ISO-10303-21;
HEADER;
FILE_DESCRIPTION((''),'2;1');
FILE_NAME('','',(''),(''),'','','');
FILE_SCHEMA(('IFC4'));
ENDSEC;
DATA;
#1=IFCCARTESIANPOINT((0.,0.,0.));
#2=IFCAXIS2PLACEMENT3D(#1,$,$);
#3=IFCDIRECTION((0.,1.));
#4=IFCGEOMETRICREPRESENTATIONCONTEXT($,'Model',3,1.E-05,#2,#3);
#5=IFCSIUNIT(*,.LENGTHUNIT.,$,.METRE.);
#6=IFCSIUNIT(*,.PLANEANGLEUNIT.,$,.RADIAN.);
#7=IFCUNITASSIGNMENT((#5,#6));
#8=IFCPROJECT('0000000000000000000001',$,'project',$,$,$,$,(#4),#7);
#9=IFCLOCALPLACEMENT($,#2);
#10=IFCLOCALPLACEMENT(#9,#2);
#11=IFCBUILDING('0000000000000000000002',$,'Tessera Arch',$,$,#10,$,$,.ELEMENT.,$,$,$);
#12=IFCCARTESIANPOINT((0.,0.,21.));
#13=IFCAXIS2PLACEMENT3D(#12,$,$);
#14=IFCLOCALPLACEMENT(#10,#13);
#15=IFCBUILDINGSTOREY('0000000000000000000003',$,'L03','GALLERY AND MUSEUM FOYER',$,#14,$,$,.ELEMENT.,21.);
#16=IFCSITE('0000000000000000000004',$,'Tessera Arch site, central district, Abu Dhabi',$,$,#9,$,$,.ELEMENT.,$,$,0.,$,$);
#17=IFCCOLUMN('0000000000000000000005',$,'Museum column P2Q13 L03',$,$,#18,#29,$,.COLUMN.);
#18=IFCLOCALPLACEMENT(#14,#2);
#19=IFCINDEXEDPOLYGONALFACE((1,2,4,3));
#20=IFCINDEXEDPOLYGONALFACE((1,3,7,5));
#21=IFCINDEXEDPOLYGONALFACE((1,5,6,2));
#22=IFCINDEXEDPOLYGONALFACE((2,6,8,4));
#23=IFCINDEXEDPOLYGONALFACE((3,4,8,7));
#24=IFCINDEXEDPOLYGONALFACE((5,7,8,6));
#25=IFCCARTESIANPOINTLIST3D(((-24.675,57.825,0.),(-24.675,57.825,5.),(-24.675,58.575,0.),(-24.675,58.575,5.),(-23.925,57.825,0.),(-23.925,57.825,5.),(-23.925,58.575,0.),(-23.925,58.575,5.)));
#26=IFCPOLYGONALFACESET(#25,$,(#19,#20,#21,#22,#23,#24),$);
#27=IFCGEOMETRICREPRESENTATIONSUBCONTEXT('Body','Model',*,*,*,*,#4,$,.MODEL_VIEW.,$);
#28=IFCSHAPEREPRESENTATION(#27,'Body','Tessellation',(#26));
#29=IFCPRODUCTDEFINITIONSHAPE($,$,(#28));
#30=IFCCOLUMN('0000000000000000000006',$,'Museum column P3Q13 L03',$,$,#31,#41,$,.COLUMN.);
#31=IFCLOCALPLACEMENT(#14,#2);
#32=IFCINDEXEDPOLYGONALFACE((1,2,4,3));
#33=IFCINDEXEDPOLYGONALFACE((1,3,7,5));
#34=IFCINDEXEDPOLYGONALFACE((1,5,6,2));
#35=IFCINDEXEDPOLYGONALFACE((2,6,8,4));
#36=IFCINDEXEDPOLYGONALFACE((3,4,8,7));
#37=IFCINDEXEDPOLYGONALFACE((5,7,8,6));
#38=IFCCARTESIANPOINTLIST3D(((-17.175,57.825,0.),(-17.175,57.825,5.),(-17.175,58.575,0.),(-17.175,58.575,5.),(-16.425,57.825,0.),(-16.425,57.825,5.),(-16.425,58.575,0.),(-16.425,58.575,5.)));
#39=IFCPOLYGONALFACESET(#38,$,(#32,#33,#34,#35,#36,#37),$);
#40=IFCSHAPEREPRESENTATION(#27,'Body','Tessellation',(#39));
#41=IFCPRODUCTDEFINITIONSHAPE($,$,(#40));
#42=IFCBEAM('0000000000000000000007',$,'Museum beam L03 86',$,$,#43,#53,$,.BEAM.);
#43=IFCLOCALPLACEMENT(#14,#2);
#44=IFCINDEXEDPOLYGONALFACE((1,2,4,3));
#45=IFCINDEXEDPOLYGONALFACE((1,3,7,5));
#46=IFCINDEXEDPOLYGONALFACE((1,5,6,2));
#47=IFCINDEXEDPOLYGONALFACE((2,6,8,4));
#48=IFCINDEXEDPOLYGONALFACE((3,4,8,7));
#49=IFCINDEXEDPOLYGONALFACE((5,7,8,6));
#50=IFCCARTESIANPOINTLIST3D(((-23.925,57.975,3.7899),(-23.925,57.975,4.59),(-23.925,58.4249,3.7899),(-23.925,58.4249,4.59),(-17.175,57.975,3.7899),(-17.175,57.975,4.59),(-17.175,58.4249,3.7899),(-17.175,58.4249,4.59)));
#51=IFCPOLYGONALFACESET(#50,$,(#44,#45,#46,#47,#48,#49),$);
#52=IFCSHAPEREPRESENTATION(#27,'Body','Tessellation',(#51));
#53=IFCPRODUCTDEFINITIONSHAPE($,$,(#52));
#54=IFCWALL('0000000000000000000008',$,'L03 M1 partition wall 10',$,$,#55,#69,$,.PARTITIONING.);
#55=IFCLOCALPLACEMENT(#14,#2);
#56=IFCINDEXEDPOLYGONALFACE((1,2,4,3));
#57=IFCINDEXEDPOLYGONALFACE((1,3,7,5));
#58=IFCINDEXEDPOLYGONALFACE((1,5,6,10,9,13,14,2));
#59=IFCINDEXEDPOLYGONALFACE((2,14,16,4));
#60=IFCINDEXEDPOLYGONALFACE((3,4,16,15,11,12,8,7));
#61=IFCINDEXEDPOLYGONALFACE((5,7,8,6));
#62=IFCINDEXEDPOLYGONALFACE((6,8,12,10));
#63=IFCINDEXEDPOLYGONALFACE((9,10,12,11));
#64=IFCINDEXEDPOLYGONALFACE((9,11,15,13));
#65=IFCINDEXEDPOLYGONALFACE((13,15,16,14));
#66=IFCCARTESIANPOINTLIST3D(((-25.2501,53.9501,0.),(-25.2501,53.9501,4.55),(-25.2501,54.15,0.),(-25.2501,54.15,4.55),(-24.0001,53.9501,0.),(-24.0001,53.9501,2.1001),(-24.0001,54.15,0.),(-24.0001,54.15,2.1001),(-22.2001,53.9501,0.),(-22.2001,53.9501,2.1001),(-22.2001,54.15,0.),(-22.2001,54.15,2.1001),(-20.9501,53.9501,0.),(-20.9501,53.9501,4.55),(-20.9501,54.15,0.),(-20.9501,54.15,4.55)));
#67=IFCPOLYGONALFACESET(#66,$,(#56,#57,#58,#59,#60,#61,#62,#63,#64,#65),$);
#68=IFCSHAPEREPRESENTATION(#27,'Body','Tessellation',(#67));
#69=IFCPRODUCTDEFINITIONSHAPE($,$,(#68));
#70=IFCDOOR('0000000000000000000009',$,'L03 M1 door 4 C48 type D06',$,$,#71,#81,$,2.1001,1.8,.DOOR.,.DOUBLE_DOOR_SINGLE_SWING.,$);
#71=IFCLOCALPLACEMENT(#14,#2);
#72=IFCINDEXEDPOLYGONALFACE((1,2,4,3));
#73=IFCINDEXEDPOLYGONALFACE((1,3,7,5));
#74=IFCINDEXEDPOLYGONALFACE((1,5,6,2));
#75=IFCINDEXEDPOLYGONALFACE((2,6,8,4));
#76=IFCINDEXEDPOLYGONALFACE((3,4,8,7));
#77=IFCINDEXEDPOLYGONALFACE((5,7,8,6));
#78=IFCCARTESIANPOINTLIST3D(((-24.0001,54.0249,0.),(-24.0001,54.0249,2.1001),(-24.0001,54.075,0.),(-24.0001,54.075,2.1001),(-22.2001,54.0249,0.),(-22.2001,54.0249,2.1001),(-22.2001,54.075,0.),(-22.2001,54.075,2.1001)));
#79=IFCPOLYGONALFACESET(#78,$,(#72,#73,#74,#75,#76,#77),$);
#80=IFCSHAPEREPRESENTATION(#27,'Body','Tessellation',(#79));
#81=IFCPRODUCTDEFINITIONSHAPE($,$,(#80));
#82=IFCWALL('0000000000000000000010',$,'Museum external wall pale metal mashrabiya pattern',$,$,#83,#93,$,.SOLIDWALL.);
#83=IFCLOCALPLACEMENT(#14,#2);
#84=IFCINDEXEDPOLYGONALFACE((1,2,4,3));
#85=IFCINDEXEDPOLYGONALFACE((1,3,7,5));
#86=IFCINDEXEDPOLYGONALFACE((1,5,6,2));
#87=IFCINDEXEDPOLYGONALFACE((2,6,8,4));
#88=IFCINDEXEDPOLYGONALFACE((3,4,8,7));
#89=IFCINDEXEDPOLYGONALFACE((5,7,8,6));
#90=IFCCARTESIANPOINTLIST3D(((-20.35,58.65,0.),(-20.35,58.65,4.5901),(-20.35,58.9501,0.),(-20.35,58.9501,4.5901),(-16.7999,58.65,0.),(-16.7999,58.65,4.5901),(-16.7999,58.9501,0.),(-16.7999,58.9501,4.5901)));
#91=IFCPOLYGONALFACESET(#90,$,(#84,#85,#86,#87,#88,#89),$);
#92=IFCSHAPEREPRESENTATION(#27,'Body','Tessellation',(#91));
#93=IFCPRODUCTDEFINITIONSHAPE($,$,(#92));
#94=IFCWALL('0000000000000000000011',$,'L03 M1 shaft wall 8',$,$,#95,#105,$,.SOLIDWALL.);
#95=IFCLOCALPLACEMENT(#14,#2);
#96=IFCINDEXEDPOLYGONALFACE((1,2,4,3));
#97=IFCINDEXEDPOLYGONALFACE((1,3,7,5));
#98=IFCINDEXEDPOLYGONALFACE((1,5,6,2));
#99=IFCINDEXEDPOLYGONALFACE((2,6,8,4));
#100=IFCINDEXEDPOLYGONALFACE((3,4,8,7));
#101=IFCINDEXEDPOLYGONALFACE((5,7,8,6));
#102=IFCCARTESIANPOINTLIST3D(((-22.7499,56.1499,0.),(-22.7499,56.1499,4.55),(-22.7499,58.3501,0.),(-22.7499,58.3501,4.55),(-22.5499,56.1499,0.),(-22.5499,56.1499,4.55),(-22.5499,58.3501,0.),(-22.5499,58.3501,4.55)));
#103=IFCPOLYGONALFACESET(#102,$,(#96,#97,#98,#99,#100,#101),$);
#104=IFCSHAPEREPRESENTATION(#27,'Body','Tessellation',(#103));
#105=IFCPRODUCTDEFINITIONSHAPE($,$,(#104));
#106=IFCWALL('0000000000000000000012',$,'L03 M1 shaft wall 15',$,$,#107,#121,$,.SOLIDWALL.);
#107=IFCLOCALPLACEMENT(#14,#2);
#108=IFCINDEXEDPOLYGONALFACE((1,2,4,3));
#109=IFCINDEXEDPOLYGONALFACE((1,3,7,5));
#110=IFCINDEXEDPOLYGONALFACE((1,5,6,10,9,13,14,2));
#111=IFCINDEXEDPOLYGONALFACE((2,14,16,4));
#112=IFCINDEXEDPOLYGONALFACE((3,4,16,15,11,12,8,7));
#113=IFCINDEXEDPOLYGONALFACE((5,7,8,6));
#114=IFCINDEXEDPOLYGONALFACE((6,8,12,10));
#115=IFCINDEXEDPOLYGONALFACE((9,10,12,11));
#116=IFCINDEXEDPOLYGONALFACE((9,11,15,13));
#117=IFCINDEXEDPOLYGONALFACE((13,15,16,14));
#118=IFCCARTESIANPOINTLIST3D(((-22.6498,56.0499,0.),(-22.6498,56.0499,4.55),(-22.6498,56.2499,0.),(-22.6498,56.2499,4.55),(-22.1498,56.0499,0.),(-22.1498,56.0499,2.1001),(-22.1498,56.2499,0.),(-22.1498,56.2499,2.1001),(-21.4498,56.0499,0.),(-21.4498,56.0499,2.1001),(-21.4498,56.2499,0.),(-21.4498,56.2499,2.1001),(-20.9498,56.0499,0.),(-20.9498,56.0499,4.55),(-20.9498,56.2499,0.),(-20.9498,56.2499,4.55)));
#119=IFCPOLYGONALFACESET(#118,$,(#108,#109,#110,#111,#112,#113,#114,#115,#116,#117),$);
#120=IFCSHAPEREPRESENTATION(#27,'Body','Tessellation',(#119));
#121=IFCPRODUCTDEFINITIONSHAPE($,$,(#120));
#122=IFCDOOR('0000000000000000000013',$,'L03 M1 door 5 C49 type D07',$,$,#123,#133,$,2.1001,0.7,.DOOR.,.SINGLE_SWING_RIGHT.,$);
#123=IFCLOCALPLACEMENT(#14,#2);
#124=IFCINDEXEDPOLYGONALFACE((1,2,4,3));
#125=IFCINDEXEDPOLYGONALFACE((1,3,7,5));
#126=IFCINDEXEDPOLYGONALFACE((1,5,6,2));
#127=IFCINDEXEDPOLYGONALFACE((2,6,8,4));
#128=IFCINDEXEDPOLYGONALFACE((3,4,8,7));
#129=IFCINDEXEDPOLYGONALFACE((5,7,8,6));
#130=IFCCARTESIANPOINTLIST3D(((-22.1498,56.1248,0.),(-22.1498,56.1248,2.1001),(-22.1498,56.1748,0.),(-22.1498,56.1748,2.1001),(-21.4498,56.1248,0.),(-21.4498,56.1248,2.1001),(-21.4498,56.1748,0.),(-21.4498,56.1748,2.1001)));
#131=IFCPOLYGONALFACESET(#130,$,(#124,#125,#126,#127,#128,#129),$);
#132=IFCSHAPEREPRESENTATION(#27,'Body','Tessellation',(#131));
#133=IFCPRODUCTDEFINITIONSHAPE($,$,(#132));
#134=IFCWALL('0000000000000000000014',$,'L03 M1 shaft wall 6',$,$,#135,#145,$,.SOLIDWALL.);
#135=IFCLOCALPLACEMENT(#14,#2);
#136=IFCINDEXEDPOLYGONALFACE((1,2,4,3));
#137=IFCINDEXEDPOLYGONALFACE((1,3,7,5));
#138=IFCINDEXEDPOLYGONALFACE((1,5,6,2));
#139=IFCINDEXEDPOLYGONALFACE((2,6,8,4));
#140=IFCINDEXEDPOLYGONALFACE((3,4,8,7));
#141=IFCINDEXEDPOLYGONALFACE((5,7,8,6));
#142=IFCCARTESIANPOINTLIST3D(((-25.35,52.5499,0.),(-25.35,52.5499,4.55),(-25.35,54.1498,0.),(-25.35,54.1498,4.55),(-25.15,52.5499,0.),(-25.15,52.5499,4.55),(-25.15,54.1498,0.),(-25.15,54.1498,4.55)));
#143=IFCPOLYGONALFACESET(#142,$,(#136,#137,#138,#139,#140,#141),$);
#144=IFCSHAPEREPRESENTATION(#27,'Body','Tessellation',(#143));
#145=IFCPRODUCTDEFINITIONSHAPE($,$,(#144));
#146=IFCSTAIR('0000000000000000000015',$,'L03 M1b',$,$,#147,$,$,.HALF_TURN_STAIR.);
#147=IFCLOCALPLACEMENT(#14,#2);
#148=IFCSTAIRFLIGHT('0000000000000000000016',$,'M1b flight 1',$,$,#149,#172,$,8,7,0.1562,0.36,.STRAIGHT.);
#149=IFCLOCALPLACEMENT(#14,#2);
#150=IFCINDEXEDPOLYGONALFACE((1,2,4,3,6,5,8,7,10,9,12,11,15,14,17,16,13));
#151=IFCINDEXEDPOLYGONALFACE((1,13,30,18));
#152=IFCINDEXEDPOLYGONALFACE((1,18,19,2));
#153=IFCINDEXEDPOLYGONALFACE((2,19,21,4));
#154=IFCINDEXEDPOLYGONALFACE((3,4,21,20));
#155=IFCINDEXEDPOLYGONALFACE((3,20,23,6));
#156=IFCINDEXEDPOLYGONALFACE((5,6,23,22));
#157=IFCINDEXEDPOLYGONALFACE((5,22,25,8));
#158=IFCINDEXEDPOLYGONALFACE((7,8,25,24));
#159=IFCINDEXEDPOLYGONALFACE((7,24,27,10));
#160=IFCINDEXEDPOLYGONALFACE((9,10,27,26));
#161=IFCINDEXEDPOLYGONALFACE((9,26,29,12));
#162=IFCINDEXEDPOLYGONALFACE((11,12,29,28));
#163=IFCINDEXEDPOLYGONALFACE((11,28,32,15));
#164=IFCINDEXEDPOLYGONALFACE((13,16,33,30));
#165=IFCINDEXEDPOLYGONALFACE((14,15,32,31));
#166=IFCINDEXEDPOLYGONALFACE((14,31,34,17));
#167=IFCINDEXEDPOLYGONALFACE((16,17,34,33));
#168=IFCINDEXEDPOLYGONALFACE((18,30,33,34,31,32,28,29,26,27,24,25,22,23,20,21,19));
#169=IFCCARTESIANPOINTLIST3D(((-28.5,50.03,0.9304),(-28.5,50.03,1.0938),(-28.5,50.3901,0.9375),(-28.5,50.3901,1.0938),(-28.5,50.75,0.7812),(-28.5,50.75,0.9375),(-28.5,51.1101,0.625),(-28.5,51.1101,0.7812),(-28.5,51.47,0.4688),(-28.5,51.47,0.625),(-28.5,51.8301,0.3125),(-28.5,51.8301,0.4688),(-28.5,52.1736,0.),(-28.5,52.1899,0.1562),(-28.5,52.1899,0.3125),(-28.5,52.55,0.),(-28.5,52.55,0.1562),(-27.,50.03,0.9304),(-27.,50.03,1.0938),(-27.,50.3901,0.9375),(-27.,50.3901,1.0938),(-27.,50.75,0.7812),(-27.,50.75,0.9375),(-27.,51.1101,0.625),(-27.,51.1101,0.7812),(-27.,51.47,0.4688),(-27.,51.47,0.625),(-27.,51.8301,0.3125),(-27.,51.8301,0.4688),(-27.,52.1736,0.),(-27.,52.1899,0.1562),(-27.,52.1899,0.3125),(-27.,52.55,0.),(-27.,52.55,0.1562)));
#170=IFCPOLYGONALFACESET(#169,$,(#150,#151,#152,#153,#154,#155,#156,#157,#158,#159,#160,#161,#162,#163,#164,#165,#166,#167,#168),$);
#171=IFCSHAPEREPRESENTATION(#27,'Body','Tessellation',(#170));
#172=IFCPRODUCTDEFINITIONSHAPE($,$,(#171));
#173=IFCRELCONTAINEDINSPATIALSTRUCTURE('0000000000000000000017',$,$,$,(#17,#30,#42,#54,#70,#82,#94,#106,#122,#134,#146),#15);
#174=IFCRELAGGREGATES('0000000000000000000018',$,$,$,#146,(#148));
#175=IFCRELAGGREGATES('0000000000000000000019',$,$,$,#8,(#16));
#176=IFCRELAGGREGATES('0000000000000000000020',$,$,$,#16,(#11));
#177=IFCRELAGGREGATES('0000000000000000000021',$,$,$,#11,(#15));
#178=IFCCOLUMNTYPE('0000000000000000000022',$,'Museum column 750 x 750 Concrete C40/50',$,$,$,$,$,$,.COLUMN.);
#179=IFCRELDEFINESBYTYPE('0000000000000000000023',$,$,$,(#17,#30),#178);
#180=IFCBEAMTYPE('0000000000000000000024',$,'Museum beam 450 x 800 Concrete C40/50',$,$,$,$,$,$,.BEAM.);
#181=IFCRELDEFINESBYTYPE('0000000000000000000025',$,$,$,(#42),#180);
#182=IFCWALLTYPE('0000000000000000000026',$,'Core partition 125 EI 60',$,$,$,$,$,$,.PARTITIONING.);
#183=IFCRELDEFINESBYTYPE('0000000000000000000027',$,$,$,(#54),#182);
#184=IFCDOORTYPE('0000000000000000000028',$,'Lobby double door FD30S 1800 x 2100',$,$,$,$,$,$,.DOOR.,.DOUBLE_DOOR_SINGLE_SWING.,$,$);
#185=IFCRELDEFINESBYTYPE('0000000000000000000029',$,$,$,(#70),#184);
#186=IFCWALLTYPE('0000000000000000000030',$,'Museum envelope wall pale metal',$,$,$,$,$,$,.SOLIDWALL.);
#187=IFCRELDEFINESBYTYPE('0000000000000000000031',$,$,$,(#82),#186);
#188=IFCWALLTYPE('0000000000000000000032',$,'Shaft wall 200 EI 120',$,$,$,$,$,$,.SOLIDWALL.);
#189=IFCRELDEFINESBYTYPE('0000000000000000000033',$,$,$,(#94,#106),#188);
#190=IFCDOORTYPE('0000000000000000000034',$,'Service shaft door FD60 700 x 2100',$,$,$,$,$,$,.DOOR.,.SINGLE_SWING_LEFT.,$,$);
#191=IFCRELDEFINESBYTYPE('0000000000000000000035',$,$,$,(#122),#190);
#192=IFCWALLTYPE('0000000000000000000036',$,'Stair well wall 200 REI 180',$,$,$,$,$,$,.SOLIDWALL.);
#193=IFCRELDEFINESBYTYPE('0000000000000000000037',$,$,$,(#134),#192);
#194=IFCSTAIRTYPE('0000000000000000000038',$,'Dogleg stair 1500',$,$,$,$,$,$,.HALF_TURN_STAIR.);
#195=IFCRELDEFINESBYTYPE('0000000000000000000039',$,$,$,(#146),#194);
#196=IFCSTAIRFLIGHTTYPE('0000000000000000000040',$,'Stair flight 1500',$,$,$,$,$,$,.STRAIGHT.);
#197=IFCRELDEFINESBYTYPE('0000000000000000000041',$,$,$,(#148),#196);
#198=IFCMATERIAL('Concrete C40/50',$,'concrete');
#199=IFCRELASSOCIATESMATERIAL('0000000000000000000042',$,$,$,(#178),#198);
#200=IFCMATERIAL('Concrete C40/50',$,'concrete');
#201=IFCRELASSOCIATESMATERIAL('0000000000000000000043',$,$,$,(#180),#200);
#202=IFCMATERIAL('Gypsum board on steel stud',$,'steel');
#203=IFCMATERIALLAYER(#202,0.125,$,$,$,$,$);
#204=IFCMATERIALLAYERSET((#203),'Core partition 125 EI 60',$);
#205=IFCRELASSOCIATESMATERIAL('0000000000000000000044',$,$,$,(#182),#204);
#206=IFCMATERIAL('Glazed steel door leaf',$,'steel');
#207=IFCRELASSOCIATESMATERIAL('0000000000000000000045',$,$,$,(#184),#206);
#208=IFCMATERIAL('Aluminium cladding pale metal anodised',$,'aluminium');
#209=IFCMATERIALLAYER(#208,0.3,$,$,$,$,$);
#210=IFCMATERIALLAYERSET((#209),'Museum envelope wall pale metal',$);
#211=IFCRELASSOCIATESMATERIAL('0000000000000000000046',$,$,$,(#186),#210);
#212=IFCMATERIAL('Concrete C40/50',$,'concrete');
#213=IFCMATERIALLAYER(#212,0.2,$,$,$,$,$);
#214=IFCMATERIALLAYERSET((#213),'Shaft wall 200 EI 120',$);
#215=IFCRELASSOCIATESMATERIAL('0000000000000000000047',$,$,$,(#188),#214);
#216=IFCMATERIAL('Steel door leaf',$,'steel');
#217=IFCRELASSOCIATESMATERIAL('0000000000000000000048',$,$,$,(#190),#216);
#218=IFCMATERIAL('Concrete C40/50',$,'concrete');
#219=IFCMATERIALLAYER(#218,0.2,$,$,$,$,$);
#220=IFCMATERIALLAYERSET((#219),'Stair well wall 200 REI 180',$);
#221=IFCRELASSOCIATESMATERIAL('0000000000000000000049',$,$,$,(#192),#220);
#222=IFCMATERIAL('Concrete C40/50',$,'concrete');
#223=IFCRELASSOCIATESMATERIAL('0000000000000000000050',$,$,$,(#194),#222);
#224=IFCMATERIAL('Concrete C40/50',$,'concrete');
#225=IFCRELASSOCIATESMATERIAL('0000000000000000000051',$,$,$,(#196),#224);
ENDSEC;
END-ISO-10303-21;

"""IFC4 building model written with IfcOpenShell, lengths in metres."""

from ifc_helpers import new_model, si_unit, direction, frame, frame_2d, origin, origin_2d, place, context, subcontext, project, spatial, polyline, rectangle, outline, extrude, material, layer, layer_set, material_profile, profile_set, type_object, element, fill, aggregate, save


model = new_model("IFC4")

# Units and contexts
model_context = context("Model", 3, precision=1e-05, world=origin(), true_north=direction((0.0, 1.0)))
body_context = subcontext(model_context, "Body", "Model", "MODEL_VIEW")
ifc_project = project(units=[si_unit("LENGTHUNIT", "METRE"), si_unit("PLANEANGLEUNIT", "RADIAN")], contexts=[model_context])

# Site, building, storey
site_placement = place(None, origin())
site = spatial("IfcSite", under=ifc_project, at=site_placement, Name="Tessera Arch site, central district, Abu Dhabi", CompositionType="ELEMENT", RefElevation=0.0)
building_placement = place(site_placement, origin())
building = spatial("IfcBuilding", under=site, at=building_placement, Name="Tessera Arch", CompositionType="ELEMENT")
storey_placement = place(building_placement, frame((0.0, 0.0, 21.0)))
storey = spatial("IfcBuildingStorey", under=building, at=storey_placement, Name="L03", Description="GALLERY AND MUSEUM FOYER", CompositionType="ELEMENT", Elevation=21.0)

# Columns
ifc_material_1 = material(Name="Concrete C40/50", Category="concrete")
ifc_material_profile_1 = material_profile(ifc_material_1, rectangle(XDim=0.75, YDim=0.75, at=origin_2d()), Name="Museum column 750 x 750 Concrete C40/50")
ifc_profile_set_1 = profile_set([ifc_material_profile_1], Name="Concrete C40/50")
column_type = type_object("IfcColumnType", Name="Museum column 750 x 750 Concrete C40/50", PredefinedType="COLUMN", material=ifc_profile_set_1)
for number, where, z_axis, x_axis, name in (
    (1, (-24.3, 58.2, 0.0), (0.0, 0.0, 1.0), (1.0, 0.0, 0.0), "Museum column P2Q13 L03"),
    (2, (-16.8, 58.2, 0.0), (0.0, 0.0, 1.0), (1.0, 0.0, 0.0), "Museum column P3Q13 L03"),
):
    element("IfcColumn", number, at=place(storey_placement, frame(where, z_axis=z_axis, x_axis=x_axis)), inside=storey, type_object=column_type, Name=name, PredefinedType="COLUMN", context=body_context, shape_type="SweptSolid", body=[
        extrude(rectangle(XDim=0.75, YDim=0.75, at=origin_2d()), origin(), (0.0, 0.0, 1.0), 5.0),
    ])

# Beam
ifc_material_2 = material(Name="Concrete C40/50", Category="concrete")
ifc_material_profile_2 = material_profile(ifc_material_2, rectangle(XDim=0.45, YDim=0.8, at=origin_2d()), Name="Museum beam 450 x 800 Concrete C40/50")
ifc_profile_set_2 = profile_set([ifc_material_profile_2], Name="Concrete C40/50")
beam_type = type_object("IfcBeamType", Name="Museum beam 450 x 800 Concrete C40/50", PredefinedType="BEAM", material=ifc_profile_set_2)
beam_placement = place(storey_placement, frame((-23.925, 58.2, 4.1899), z_axis=(1.0, 0.0, 0.0), x_axis=(0.0, 1.0, 0.0)))
element("IfcBeam", 3, at=beam_placement, inside=storey, type_object=beam_type, Name="Museum beam L03 86", PredefinedType="BEAM", context=body_context, shape_type="SweptSolid", body=[
    extrude(rectangle(XDim=0.45, YDim=0.8, at=origin_2d()), origin(), (0.0, 0.0, 1.0), 6.75),
])

# Wall, opening, door
ifc_material_3 = material(Name="Gypsum board on steel stud", Category="steel")
ifc_layer_1 = layer(ifc_material_3, 0.125)
ifc_layer_set_1 = layer_set([ifc_layer_1], Name="Core partition 125 EI 60")
wall_type_1 = type_object("IfcWallType", Name="Core partition 125 EI 60", PredefinedType="PARTITIONING", material=ifc_layer_set_1)
wall_1_placement = place(storey_placement, frame((-25.25, 54.05, 0.0), z_axis=(0.0, 0.0, 1.0), x_axis=(1.0, 0.0, 0.0)))
wall_1 = element("IfcWall", 4, at=wall_1_placement, inside=storey, type_object=wall_type_1, Name="L03 M1 partition wall 10", PredefinedType="PARTITIONING", context=body_context, shape_type="SweptSolid", body=[
    extrude(rectangle(XDim=4.3, YDim=0.2, at=frame_2d((2.1499, 0.0))), origin(), (0.0, 0.0, 1.0), 4.55),
])
opening_1_placement = place(wall_1_placement, frame((1.25, 0.0, 0.0)))
opening_1 = element("IfcOpeningElement", 5, at=opening_1_placement, cuts=wall_1, PredefinedType="OPENING", context=body_context, shape_type="SweptSolid", body=[
    extrude(rectangle(XDim=1.8, YDim=2.1001, at=frame_2d((0.8999, 1.05))), frame((0.0, 0.1099, 0.0), z_axis=(0.0, -1.0, 0.0), x_axis=(1.0, 0.0, 0.0)), (0.0, 0.0, 1.0), 0.22),
])
ifc_material_4 = material(Name="Glazed steel door leaf", Category="steel")
door_type_1 = type_object("IfcDoorType", Name="Lobby double door FD30S 1800 x 2100", OperationType="DOUBLE_DOOR_SINGLE_SWING", PredefinedType="DOOR", material=ifc_material_4)
door_1_placement = place(opening_1_placement, origin())
door_1 = element("IfcDoor", 6, at=door_1_placement, inside=storey, type_object=door_type_1, Name="L03 M1 door 4 C48 type D06", OperationType="DOUBLE_DOOR_SINGLE_SWING", OverallHeight=2.1001, OverallWidth=1.8, PredefinedType="DOOR", context=body_context, shape_type="SweptSolid", body=[
    extrude(rectangle(XDim=1.8, YDim=2.1001, at=frame_2d((0.8999, 1.05))), frame((0.0, 0.0249, 0.0), z_axis=(0.0, -1.0, 0.0), x_axis=(1.0, 0.0, 0.0)), (0.0, 0.0, 1.0), 0.05),
])
fill(opening_1, door_1)

# Walls
ifc_material_5 = material(Name="Aluminium cladding pale metal anodised", Category="aluminium")
ifc_layer_2 = layer(ifc_material_5, 0.3)
ifc_layer_set_2 = layer_set([ifc_layer_2], Name="Museum envelope wall pale metal")
wall_type_2 = type_object("IfcWallType", Name="Museum envelope wall pale metal", PredefinedType="SOLIDWALL", material=ifc_layer_set_2)
wall_2_placement = place(storey_placement, frame((-16.8, 58.8, 0.0), z_axis=(0.0, 0.0, 1.0), x_axis=(-1.0, 0.0, 0.0)))
element("IfcWall", 7, at=wall_2_placement, inside=storey, type_object=wall_type_2, Name="Museum external wall pale metal mashrabiya pattern", PredefinedType="SOLIDWALL", context=body_context, shape_type="SweptSolid", body=[
    extrude(rectangle(XDim=3.55, YDim=0.3, at=frame_2d((1.7749, 0.0))), origin(), (0.0, 0.0, 1.0), 4.5901),
])
ifc_material_6 = material(Name="Concrete C40/50", Category="concrete")
ifc_layer_3 = layer(ifc_material_6, 0.2)
ifc_layer_set_3 = layer_set([ifc_layer_3], Name="Shaft wall 200 EI 120")
wall_type_3 = type_object("IfcWallType", Name="Shaft wall 200 EI 120", PredefinedType="SOLIDWALL", material=ifc_layer_set_3)
wall_3_placement = place(storey_placement, frame((-22.6499, 56.1499, 0.0), z_axis=(0.0, 0.0, 1.0), x_axis=(0.0, 1.0, 0.0)))
element("IfcWall", 8, at=wall_3_placement, inside=storey, type_object=wall_type_3, Name="L03 M1 shaft wall 8", PredefinedType="SOLIDWALL", context=body_context, shape_type="SweptSolid", body=[
    extrude(rectangle(XDim=2.2002, YDim=0.2, at=frame_2d((1.1001, 0.0))), origin(), (0.0, 0.0, 1.0), 4.55),
])

# Wall, opening, door
wall_4_placement = place(storey_placement, frame((-22.6499, 56.1499, 0.0), z_axis=(0.0, 0.0, 1.0), x_axis=(1.0, 0.0, 0.0)))
wall_4 = element("IfcWall", 9, at=wall_4_placement, inside=storey, type_object=wall_type_3, Name="L03 M1 shaft wall 15", PredefinedType="SOLIDWALL", context=body_context, shape_type="SweptSolid", body=[
    extrude(rectangle(XDim=1.7, YDim=0.2, at=frame_2d((0.8501, 0.0))), origin(), (0.0, 0.0, 1.0), 4.55),
])
opening_2_placement = place(wall_4_placement, frame((0.5, 0.0, 0.0)))
opening_2 = element("IfcOpeningElement", 10, at=opening_2_placement, cuts=wall_4, PredefinedType="OPENING", context=body_context, shape_type="SweptSolid", body=[
    extrude(rectangle(XDim=0.7, YDim=2.1001, at=frame_2d((0.3501, 1.05))), frame((0.0, 0.1099, 0.0), z_axis=(0.0, -1.0, 0.0), x_axis=(1.0, 0.0, 0.0)), (0.0, 0.0, 1.0), 0.22),
])
ifc_material_7 = material(Name="Steel door leaf", Category="steel")
door_type_2 = type_object("IfcDoorType", Name="Service shaft door FD60 700 x 2100", OperationType="SINGLE_SWING_LEFT", PredefinedType="DOOR", material=ifc_material_7)
door_2_placement = place(opening_2_placement, origin())
door_2 = element("IfcDoor", 11, at=door_2_placement, inside=storey, type_object=door_type_2, Name="L03 M1 door 5 C49 type D07", OperationType="SINGLE_SWING_RIGHT", OverallHeight=2.1001, OverallWidth=0.7, PredefinedType="DOOR", context=body_context, shape_type="SweptSolid", body=[
    extrude(rectangle(XDim=0.7, YDim=2.1001, at=frame_2d((0.3501, 1.05))), frame((0.0, 0.0249, 0.0), z_axis=(0.0, -1.0, 0.0), x_axis=(1.0, 0.0, 0.0)), (0.0, 0.0, 1.0), 0.05),
])
fill(opening_2, door_2)

# Wall
ifc_material_8 = material(Name="Concrete C40/50", Category="concrete")
ifc_layer_4 = layer(ifc_material_8, 0.2)
ifc_layer_set_4 = layer_set([ifc_layer_4], Name="Stair well wall 200 REI 180")
wall_type_4 = type_object("IfcWallType", Name="Stair well wall 200 REI 180", PredefinedType="SOLIDWALL", material=ifc_layer_set_4)
wall_5_placement = place(storey_placement, frame((-25.25, 52.55, 0.0), z_axis=(0.0, 0.0, 1.0), x_axis=(0.0, 1.0, 0.0)))
element("IfcWall", 12, at=wall_5_placement, inside=storey, type_object=wall_type_4, Name="L03 M1 shaft wall 6", PredefinedType="SOLIDWALL", context=body_context, shape_type="SweptSolid", body=[
    extrude(rectangle(XDim=1.5999, YDim=0.2, at=frame_2d((0.7998, 0.0))), origin(), (0.0, 0.0, 1.0), 4.55),
])

# Stair, stair flight
ifc_material_9 = material(Name="Concrete C40/50", Category="concrete")
stair_type = type_object("IfcStairType", Name="Dogleg stair 1500", PredefinedType="HALF_TURN_STAIR", material=ifc_material_9)
stair_placement = place(storey_placement, origin())
stair = element("IfcStair", 13, at=stair_placement, inside=storey, type_object=stair_type, Name="L03 M1b", PredefinedType="HALF_TURN_STAIR")
ifc_material_10 = material(Name="Concrete C40/50", Category="concrete")
stair_flight_type = type_object("IfcStairFlightType", Name="Stair flight 1500", PredefinedType="STRAIGHT", material=ifc_material_10)
stair_flight_1_placement = place(storey_placement, frame((-27.75, 52.55, 0.0), z_axis=(0.0, 0.0, 1.0), x_axis=(0.0, -1.0, 0.0)))
stair_flight_1 = element("IfcStairFlight", 14, at=stair_flight_1_placement, type_object=stair_flight_type, Name="M1b flight 1", NumberOfRisers=8, NumberOfTreads=7, PredefinedType="STRAIGHT", RiserHeight=0.1562, TreadLength=0.36, context=body_context, shape_type="SweptSolid", body=[
    extrude(outline(polyline([(0.0, 0.0), (0.0, 0.1562), (0.3601, 0.1562), (0.3601, 0.3125), (0.72, 0.3125), (0.72, 0.4688), (1.0801, 0.4688), (1.0801, 0.625), (1.4399, 0.625), (1.4399, 0.7812), (1.8, 0.7812), (1.8, 0.9375), (2.1599, 0.9375), (2.1599, 1.0938), (2.52, 1.0938), (2.52, 1.25), (2.52, 0.9304), (0.3765, 0.0), (0.0, 0.0)])), frame((0.0, 0.75, 0.0), z_axis=(0.0, -1.0, 0.0), x_axis=(1.0, 0.0, 0.0)), (0.0, 0.0, 1.0), 1.5),
])
aggregate(stair, [stair_flight_1])

save(model, "model.ifc")
